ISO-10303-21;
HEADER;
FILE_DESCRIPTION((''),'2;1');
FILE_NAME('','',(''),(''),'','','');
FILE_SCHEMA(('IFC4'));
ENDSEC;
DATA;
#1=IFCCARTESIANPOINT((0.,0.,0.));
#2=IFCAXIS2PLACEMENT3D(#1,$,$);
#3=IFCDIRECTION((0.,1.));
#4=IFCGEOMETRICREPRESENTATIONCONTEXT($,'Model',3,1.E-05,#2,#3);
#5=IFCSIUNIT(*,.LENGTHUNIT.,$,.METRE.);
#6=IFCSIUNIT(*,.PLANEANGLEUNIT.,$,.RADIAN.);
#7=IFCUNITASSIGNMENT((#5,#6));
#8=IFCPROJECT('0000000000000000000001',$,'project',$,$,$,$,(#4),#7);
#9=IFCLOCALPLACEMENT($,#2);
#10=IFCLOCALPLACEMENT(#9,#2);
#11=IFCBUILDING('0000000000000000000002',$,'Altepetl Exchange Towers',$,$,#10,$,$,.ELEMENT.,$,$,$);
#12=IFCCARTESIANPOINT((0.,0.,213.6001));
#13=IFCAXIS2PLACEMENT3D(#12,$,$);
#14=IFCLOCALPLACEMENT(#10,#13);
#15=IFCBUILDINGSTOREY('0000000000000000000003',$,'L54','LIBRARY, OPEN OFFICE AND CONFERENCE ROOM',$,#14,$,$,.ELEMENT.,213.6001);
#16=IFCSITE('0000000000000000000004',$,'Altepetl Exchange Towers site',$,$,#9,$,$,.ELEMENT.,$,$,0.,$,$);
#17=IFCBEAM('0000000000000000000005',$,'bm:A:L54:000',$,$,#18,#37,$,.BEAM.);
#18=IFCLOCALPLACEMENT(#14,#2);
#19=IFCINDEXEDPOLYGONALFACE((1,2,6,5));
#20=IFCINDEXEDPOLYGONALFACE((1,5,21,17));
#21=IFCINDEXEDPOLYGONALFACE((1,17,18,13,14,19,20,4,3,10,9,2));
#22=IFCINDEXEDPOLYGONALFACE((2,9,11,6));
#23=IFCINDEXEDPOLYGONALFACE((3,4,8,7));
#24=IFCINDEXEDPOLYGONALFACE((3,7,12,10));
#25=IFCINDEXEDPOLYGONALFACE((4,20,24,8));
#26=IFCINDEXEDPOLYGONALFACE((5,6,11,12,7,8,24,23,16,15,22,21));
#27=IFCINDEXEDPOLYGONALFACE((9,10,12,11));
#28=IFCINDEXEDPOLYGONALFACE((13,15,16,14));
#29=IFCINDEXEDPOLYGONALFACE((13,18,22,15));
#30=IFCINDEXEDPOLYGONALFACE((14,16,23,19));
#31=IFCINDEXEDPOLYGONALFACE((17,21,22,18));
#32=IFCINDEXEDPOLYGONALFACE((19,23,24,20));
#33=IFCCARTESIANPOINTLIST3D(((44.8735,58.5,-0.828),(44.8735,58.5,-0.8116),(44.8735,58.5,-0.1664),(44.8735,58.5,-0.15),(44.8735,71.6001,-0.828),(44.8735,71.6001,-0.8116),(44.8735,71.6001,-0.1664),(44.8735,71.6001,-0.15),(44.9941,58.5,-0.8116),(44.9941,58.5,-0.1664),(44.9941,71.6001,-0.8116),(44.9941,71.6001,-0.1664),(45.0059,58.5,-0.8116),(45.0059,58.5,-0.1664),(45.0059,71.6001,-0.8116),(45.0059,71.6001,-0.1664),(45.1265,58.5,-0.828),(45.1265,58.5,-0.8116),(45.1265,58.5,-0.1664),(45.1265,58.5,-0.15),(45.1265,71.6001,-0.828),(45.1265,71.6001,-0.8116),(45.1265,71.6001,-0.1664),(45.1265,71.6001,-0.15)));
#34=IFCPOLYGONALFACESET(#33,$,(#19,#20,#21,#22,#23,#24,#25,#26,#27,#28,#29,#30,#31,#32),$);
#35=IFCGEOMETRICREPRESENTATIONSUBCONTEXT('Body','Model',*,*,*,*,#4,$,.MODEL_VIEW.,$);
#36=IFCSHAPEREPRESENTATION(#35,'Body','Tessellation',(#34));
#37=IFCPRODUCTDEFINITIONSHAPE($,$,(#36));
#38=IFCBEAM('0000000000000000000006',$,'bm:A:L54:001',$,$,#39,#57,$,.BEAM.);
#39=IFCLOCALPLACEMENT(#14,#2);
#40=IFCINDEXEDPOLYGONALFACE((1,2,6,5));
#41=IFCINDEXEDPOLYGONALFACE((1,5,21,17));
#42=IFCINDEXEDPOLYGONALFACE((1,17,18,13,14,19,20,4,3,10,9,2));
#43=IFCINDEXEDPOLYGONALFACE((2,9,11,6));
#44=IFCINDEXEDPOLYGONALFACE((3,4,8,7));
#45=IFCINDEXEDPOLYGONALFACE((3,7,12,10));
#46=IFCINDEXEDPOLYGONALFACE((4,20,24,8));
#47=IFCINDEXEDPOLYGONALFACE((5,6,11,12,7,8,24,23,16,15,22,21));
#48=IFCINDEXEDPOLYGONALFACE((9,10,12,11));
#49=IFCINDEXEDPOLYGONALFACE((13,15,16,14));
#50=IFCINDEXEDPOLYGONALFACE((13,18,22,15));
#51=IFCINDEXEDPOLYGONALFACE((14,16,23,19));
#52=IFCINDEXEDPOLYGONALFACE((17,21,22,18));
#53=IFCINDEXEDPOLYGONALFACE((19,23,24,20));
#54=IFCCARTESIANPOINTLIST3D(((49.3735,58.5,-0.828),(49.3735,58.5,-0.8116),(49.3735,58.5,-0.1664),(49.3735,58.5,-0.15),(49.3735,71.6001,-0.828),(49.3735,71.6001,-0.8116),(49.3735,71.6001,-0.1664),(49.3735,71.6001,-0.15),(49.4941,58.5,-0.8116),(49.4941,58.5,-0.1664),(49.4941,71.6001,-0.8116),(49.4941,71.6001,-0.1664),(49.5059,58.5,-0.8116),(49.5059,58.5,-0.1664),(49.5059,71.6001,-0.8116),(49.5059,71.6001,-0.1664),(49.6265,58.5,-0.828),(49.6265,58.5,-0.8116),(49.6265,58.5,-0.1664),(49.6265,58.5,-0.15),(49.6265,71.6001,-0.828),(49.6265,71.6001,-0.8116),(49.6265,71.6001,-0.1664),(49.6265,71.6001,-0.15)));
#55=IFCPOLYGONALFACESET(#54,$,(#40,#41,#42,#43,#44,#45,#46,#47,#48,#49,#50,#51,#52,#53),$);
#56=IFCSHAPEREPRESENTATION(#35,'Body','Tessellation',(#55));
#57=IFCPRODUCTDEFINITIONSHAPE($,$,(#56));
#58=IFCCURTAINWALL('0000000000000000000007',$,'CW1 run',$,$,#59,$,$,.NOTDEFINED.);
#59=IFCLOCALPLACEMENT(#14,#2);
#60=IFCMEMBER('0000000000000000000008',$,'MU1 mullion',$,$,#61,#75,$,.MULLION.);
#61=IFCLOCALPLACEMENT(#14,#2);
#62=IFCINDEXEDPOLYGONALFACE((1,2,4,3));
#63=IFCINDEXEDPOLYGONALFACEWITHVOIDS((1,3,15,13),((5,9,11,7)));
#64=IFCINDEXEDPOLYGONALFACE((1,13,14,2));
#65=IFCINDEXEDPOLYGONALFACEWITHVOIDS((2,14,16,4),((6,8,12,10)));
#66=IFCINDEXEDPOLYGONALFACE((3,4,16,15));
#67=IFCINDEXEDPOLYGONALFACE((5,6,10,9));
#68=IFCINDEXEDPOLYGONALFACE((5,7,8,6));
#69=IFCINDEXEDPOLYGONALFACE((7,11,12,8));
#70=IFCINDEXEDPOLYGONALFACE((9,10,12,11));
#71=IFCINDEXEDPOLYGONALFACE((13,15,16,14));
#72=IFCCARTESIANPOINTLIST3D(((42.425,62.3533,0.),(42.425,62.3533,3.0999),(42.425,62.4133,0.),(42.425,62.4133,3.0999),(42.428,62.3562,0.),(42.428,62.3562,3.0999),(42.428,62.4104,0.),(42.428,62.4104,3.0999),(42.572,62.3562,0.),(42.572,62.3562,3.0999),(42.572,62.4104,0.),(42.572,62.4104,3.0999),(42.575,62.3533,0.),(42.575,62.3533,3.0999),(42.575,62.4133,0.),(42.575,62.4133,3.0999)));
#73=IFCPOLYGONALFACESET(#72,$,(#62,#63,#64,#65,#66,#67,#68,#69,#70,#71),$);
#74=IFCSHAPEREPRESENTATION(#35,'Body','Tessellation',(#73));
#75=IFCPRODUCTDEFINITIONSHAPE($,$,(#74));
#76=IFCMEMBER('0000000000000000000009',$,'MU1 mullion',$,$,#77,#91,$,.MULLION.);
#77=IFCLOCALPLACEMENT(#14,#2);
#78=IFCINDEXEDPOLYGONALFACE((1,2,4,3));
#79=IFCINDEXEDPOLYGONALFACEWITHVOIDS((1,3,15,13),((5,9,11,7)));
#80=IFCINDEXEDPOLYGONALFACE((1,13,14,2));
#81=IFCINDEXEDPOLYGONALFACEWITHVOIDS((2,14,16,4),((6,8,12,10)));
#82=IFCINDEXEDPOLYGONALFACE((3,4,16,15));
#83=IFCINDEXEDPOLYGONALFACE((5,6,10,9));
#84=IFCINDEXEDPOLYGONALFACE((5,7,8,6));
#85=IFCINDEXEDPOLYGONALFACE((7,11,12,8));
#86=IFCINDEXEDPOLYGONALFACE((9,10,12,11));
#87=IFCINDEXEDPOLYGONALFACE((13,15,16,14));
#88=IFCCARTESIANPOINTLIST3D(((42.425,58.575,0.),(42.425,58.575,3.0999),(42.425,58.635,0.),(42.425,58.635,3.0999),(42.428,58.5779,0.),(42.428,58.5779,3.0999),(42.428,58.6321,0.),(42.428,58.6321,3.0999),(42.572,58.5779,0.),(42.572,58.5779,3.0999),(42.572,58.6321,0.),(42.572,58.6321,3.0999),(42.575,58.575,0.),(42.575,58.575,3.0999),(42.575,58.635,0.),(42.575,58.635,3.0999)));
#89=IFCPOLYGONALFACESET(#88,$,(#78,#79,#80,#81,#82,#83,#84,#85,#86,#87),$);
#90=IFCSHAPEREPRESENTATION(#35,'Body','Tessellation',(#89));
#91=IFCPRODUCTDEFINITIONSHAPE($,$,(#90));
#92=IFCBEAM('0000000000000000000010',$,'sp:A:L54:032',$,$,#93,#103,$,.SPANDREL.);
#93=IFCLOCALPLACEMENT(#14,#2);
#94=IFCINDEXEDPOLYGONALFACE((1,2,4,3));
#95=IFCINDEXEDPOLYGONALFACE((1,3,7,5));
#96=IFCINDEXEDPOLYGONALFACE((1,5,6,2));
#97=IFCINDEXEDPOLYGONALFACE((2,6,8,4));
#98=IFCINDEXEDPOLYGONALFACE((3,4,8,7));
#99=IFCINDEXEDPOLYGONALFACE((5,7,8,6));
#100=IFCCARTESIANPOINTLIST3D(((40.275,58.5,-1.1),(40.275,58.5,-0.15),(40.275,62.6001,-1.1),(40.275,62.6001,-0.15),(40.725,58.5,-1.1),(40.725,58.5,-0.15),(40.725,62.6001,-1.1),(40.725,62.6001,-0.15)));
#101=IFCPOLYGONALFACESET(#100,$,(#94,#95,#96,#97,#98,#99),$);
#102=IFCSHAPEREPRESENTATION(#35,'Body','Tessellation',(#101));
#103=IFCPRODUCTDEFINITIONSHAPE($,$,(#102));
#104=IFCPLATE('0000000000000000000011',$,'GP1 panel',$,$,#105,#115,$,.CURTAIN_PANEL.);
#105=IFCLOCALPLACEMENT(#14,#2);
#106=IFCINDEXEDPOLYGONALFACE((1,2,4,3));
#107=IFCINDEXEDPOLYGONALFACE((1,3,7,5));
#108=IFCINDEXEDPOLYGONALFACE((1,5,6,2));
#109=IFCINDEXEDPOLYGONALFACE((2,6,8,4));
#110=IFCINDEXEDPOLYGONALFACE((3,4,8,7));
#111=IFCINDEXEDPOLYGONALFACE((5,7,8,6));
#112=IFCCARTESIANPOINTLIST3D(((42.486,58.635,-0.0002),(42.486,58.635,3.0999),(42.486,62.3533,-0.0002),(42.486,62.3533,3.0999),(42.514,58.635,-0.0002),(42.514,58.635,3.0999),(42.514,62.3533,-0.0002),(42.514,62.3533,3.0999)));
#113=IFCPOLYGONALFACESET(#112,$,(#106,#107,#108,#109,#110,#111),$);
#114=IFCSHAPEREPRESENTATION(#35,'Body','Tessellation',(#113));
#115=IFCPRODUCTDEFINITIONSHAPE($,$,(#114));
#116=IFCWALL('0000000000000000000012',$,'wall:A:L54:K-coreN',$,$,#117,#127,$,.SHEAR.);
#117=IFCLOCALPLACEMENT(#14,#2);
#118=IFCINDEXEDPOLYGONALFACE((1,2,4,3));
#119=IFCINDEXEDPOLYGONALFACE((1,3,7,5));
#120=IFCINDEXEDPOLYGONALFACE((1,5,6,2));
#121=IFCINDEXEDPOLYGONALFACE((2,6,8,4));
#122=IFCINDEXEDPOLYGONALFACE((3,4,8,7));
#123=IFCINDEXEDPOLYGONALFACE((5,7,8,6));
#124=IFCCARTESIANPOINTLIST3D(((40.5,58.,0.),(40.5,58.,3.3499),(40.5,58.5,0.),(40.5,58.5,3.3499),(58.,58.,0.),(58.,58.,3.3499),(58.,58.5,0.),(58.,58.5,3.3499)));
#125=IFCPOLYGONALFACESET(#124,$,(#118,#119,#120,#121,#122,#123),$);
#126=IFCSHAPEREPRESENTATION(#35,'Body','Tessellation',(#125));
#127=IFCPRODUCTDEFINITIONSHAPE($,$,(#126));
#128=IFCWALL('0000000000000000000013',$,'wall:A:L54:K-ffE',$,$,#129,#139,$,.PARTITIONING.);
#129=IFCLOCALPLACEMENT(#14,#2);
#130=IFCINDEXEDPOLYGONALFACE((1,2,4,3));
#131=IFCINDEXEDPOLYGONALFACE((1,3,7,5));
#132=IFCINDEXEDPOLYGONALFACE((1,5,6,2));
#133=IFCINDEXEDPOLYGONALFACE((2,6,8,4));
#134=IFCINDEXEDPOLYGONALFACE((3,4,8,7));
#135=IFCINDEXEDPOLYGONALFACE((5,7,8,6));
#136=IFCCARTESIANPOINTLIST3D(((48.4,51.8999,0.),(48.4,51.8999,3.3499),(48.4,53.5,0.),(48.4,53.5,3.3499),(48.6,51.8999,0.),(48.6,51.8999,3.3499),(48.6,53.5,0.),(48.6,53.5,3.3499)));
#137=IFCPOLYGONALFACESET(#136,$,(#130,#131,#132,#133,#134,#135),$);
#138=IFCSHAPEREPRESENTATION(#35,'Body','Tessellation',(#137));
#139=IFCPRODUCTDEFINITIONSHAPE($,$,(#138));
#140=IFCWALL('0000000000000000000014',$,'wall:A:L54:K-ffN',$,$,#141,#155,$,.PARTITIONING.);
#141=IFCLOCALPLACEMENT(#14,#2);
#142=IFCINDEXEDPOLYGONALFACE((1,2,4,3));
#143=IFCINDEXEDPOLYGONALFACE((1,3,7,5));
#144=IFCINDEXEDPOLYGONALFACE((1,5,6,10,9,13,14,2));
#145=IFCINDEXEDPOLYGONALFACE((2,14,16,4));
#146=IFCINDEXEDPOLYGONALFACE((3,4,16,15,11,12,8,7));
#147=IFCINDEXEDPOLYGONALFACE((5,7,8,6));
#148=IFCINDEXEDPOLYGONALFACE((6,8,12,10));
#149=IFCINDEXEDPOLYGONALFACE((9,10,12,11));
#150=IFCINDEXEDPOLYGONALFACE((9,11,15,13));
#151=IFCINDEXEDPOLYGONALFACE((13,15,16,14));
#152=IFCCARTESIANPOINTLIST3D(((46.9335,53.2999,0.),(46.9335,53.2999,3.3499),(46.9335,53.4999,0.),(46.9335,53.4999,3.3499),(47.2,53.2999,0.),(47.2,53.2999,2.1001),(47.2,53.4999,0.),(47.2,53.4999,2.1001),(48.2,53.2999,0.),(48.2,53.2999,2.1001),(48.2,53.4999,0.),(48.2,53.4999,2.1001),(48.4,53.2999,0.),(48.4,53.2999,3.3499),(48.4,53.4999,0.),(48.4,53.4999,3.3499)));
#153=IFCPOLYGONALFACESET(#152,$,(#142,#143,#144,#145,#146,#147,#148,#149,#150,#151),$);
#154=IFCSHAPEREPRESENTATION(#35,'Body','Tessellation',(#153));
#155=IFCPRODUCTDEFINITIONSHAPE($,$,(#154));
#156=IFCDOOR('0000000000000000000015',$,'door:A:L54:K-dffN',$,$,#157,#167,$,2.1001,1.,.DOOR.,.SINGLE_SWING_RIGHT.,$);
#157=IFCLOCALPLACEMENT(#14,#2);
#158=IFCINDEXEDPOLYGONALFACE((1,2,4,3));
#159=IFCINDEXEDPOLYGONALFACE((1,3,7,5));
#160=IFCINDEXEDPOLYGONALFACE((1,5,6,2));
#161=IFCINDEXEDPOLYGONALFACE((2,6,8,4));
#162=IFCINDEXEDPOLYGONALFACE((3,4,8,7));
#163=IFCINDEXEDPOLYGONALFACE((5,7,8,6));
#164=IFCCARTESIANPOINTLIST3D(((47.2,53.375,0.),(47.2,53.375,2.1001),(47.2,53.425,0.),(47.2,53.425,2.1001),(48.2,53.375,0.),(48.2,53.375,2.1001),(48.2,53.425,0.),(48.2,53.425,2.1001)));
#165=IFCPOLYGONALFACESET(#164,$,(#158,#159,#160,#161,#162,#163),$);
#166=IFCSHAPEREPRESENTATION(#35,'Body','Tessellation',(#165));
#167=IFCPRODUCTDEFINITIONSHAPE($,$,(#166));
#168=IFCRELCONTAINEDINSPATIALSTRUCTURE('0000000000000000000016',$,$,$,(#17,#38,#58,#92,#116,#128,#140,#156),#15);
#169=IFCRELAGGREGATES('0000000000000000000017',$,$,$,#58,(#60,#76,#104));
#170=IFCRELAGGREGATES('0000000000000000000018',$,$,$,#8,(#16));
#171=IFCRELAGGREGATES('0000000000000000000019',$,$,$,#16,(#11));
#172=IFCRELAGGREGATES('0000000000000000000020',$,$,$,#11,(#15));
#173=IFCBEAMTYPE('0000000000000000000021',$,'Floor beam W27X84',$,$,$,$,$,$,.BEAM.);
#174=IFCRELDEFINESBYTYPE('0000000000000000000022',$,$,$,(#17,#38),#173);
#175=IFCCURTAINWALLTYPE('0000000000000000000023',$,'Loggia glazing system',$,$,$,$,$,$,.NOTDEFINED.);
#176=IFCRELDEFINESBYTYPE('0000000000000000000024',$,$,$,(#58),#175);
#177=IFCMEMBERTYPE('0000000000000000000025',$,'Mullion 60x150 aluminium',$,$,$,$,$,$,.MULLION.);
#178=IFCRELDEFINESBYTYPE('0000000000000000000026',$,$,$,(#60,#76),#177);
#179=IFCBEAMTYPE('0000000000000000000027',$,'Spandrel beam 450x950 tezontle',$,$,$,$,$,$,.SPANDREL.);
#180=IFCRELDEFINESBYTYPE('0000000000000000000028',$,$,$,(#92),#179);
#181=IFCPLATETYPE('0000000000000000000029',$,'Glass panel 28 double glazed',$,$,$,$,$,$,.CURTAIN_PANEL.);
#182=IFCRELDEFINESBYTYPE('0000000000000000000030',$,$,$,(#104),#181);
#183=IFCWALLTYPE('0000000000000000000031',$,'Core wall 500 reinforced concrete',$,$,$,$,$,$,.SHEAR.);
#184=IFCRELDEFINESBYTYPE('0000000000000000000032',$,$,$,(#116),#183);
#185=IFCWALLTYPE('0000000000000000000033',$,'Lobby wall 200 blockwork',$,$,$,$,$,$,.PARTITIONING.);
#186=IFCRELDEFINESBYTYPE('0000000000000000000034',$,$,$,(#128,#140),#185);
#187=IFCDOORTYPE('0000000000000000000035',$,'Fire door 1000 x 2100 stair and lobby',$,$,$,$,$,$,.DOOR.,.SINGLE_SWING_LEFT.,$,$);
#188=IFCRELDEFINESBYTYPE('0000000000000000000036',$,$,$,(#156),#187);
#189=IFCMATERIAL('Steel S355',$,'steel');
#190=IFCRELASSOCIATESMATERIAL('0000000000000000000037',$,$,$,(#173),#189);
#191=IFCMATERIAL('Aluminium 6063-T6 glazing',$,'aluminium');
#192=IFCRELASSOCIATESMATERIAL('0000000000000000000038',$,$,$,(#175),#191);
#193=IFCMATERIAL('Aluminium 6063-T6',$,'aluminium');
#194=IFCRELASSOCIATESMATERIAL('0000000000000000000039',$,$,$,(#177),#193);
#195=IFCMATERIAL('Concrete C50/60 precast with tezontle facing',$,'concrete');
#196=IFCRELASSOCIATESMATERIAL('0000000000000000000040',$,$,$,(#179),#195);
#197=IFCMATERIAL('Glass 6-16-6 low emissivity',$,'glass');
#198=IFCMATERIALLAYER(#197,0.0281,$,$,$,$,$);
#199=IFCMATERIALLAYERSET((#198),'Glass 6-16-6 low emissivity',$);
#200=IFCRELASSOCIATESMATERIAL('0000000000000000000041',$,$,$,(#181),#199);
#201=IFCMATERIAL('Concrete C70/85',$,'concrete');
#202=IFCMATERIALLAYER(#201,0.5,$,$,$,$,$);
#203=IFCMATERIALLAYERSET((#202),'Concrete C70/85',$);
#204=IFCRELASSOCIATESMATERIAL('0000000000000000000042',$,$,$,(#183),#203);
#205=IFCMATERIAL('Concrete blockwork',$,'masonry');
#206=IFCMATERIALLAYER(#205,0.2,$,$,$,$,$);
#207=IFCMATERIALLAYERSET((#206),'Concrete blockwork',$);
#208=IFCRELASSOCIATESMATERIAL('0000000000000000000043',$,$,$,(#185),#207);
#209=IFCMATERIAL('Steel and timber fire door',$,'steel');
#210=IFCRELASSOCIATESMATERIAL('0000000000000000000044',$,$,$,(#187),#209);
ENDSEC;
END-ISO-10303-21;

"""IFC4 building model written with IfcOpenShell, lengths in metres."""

from ifc_helpers import new_model, si_unit, direction, frame, frame_2d, origin, origin_2d, place, context, subcontext, project, spatial, rectangle, hollow_rectangle, i_section, extrude, material, layer, layer_set, material_profile, profile_set, type_object, element, fill, aggregate, save


model = new_model("IFC4")

# Units and contexts
model_context = context("Model", 3, precision=1e-05, world=origin(), true_north=direction((0.0, 1.0)))
body_context = subcontext(model_context, "Body", "Model", "MODEL_VIEW")
ifc_project = project(units=[si_unit("LENGTHUNIT", "METRE"), si_unit("PLANEANGLEUNIT", "RADIAN")], contexts=[model_context])

# Site, building, storey
site_placement = place(None, origin())
site = spatial("IfcSite", under=ifc_project, at=site_placement, Name="Altepetl Exchange Towers site", CompositionType="ELEMENT", RefElevation=0.0)
building_placement = place(site_placement, origin())
building = spatial("IfcBuilding", under=site, at=building_placement, Name="Altepetl Exchange Towers", CompositionType="ELEMENT")
storey_placement = place(building_placement, frame((0.0, 0.0, 213.6001)))
storey = spatial("IfcBuildingStorey", under=building, at=storey_placement, Name="L54", Description="LIBRARY, OPEN OFFICE AND CONFERENCE ROOM", CompositionType="ELEMENT", Elevation=213.6001)

# Beams
ifc_material_1 = material(Name="Steel S355", Category="steel")
ifc_material_profile_1 = material_profile(ifc_material_1, i_section(OverallWidth=0.2529, OverallDepth=0.678, WebThickness=0.0117, FlangeThickness=0.0164, at=origin_2d()), Name="W27X84")
ifc_profile_set_1 = profile_set([ifc_material_profile_1], Name="Steel S355")
beam_type_1 = type_object("IfcBeamType", Name="Floor beam W27X84", PredefinedType="BEAM", material=ifc_profile_set_1)
for number, where, z_axis, x_axis, name in (
    (1, (45.0, 58.5, -0.489), (0.0, 1.0, 0.0), (-1.0, 0.0, 0.0), "bm:A:L54:000"),
    (2, (49.5, 58.5, -0.489), (0.0, 1.0, 0.0), (-1.0, 0.0, 0.0), "bm:A:L54:001"),
):
    element("IfcBeam", number, at=place(storey_placement, frame(where, z_axis=z_axis, x_axis=x_axis)), inside=storey, type_object=beam_type_1, Name=name, PredefinedType="BEAM", context=body_context, shape_type="SweptSolid", body=[
        extrude(i_section(OverallWidth=0.2529, OverallDepth=0.678, WebThickness=0.0117, FlangeThickness=0.0164, at=origin_2d()), origin(), (0.0, 0.0, 1.0), 13.1001),
    ])

# Curtain wall, members
ifc_material_2 = material(Name="Aluminium 6063-T6 glazing", Category="aluminium")
curtain_wall_type = type_object("IfcCurtainWallType", Name="Loggia glazing system", PredefinedType="NOTDEFINED", material=ifc_material_2)
curtain_wall_placement = place(storey_placement, origin())
curtain_wall = element("IfcCurtainWall", 3, at=curtain_wall_placement, inside=storey, type_object=curtain_wall_type, Name="CW1 run", PredefinedType="NOTDEFINED")
ifc_material_3 = material(Name="Aluminium 6063-T6", Category="aluminium")
ifc_material_profile_2 = material_profile(ifc_material_3, hollow_rectangle(XDim=0.0601, YDim=0.1499, WallThickness=0.0029, at=origin_2d()), Name="Mullion 60x150 aluminium")
ifc_profile_set_2 = profile_set([ifc_material_profile_2], Name="Aluminium 6063-T6")
member_type = type_object("IfcMemberType", Name="Mullion 60x150 aluminium", PredefinedType="MULLION", material=ifc_profile_set_2)
member_1_placement = place(storey_placement, frame((42.5, 62.3833, 0.0), z_axis=(0.0, 0.0, 1.0), x_axis=(0.0, -1.0, 0.0)))
member_1 = element("IfcMember", 4, at=member_1_placement, type_object=member_type, Name="MU1 mullion", PredefinedType="MULLION", context=body_context, shape_type="SweptSolid", body=[
    extrude(hollow_rectangle(XDim=0.0601, YDim=0.1499, WallThickness=0.0029, at=origin_2d()), origin(), (0.0, 0.0, 1.0), 3.0999),
])
member_2_placement = place(storey_placement, frame((42.5, 58.605, 0.0), z_axis=(0.0, 0.0, 1.0), x_axis=(0.0, -1.0, 0.0)))
member_2 = element("IfcMember", 5, at=member_2_placement, type_object=member_type, Name="MU1 mullion", PredefinedType="MULLION", context=body_context, shape_type="SweptSolid", body=[
    extrude(hollow_rectangle(XDim=0.0601, YDim=0.1499, WallThickness=0.0029, at=origin_2d()), origin(), (0.0, 0.0, 1.0), 3.0999),
])

# Beam
ifc_material_4 = material(Name="Concrete C50/60 precast with tezontle facing", Category="concrete")
ifc_material_profile_3 = material_profile(ifc_material_4, rectangle(XDim=0.45, YDim=0.95, at=origin_2d()), Name="450 x 950")
ifc_profile_set_3 = profile_set([ifc_material_profile_3], Name="Concrete C50/60 precast with tezontle facing")
beam_type_2 = type_object("IfcBeamType", Name="Spandrel beam 450x950 tezontle", PredefinedType="SPANDREL", material=ifc_profile_set_3)
beam_placement = place(storey_placement, frame((40.5, 62.6001, -0.625), z_axis=(0.0, -1.0, 0.0), x_axis=(1.0, 0.0, 0.0)))
element("IfcBeam", 6, at=beam_placement, inside=storey, type_object=beam_type_2, Name="sp:A:L54:032", PredefinedType="SPANDREL", context=body_context, shape_type="SweptSolid", body=[
    extrude(rectangle(XDim=0.45, YDim=0.95, at=origin_2d()), origin(), (0.0, 0.0, 1.0), 4.1001),
])

# Plate
ifc_material_5 = material(Name="Glass 6-16-6 low emissivity", Category="glass")
ifc_layer_1 = layer(ifc_material_5, 0.0281)
ifc_layer_set_1 = layer_set([ifc_layer_1], Name="Glass 6-16-6 low emissivity")
plate_type = type_object("IfcPlateType", Name="Glass panel 28 double glazed", PredefinedType="CURTAIN_PANEL", material=ifc_layer_set_1)
plate_placement = place(storey_placement, frame((42.5, 60.4941, -0.0002), z_axis=(0.0, 0.0, 1.0), x_axis=(0.0, -1.0, 0.0)))
plate = element("IfcPlate", 7, at=plate_placement, type_object=plate_type, Name="GP1 panel", PredefinedType="CURTAIN_PANEL", context=body_context, shape_type="SweptSolid", body=[
    extrude(rectangle(XDim=3.7183, YDim=0.0281, at=origin_2d()), origin(), (0.0, 0.0, 1.0), 3.1001),
])
aggregate(curtain_wall, [member_1, member_2, plate])

# Walls
ifc_material_6 = material(Name="Concrete C70/85", Category="concrete")
ifc_layer_2 = layer(ifc_material_6, 0.5)
ifc_layer_set_2 = layer_set([ifc_layer_2], Name="Concrete C70/85")
wall_type_1 = type_object("IfcWallType", Name="Core wall 500 reinforced concrete", PredefinedType="SHEAR", material=ifc_layer_set_2)
wall_1_placement = place(storey_placement, frame((40.5, 58.25, 0.0)))
element("IfcWall", 8, at=wall_1_placement, inside=storey, type_object=wall_type_1, Name="wall:A:L54:K-coreN", PredefinedType="SHEAR", context=body_context, shape_type="SweptSolid", body=[
    extrude(rectangle(XDim=17.5, YDim=0.5, at=frame_2d((8.75, 0.0))), origin(), (0.0, 0.0, 1.0), 3.3499),
])
ifc_material_7 = material(Name="Concrete blockwork", Category="masonry")
ifc_layer_3 = layer(ifc_material_7, 0.2)
ifc_layer_set_3 = layer_set([ifc_layer_3], Name="Concrete blockwork")
wall_type_2 = type_object("IfcWallType", Name="Lobby wall 200 blockwork", PredefinedType="PARTITIONING", material=ifc_layer_set_3)
wall_2_placement = place(storey_placement, frame((48.5, 51.8999, 0.0), z_axis=(0.0, 0.0, 1.0), x_axis=(0.0, 1.0, 0.0)))
element("IfcWall", 9, at=wall_2_placement, inside=storey, type_object=wall_type_2, Name="wall:A:L54:K-ffE", PredefinedType="PARTITIONING", context=body_context, shape_type="SweptSolid", body=[
    extrude(rectangle(XDim=1.6001, YDim=0.2, at=frame_2d((0.8, 0.0))), origin(), (0.0, 0.0, 1.0), 3.3499),
])

# Wall, opening, door
wall_3_placement = place(storey_placement, frame((46.9333, 53.3999, 0.0)))
wall_3 = element("IfcWall", 10, at=wall_3_placement, inside=storey, type_object=wall_type_2, Name="wall:A:L54:K-ffN", PredefinedType="PARTITIONING", context=body_context, shape_type="SweptSolid", body=[
    extrude(rectangle(XDim=1.4666, YDim=0.2, at=frame_2d((0.7334, 0.0))), origin(), (0.0, 0.0, 1.0), 3.3499),
])
opening_1_placement = place(wall_3_placement, frame((0.2666, 0.0, 0.0)))
opening_1 = element("IfcOpeningElement", 11, at=opening_1_placement, cuts=wall_3, PredefinedType="OPENING", context=body_context, shape_type="SweptSolid", body=[
    extrude(rectangle(XDim=1.0, YDim=2.1001, at=frame_2d((0.5, 1.05))), frame((0.0, 0.1099, 0.0), z_axis=(0.0, -1.0, 0.0), x_axis=(1.0, 0.0, 0.0)), (0.0, 0.0, 1.0), 0.22),
])
ifc_material_8 = material(Name="Steel and timber fire door", Category="steel")
door_type_1 = type_object("IfcDoorType", Name="Fire door 1000 x 2100 stair and lobby", OperationType="SINGLE_SWING_LEFT", PredefinedType="DOOR", material=ifc_material_8)
door_1_placement = place(opening_1_placement, frame((1.0, 0.0, 0.0), x_axis=(-1.0, 0.0, 0.0)))
door_1 = element("IfcDoor", 12, at=door_1_placement, inside=storey, type_object=door_type_1, Name="door:A:L54:K-dffN", OperationType="SINGLE_SWING_RIGHT", OverallHeight=2.1001, OverallWidth=1.0, PredefinedType="DOOR", context=body_context, shape_type="SweptSolid", body=[
    extrude(rectangle(XDim=1.0, YDim=2.1001, at=frame_2d((0.5, 1.05))), frame((0.0, 0.0249, 0.0), z_axis=(0.0, -1.0, 0.0), x_axis=(1.0, 0.0, 0.0)), (0.0, 0.0, 1.0), 0.05),
])
fill(opening_1, door_1)

save(model, "model.ifc")
